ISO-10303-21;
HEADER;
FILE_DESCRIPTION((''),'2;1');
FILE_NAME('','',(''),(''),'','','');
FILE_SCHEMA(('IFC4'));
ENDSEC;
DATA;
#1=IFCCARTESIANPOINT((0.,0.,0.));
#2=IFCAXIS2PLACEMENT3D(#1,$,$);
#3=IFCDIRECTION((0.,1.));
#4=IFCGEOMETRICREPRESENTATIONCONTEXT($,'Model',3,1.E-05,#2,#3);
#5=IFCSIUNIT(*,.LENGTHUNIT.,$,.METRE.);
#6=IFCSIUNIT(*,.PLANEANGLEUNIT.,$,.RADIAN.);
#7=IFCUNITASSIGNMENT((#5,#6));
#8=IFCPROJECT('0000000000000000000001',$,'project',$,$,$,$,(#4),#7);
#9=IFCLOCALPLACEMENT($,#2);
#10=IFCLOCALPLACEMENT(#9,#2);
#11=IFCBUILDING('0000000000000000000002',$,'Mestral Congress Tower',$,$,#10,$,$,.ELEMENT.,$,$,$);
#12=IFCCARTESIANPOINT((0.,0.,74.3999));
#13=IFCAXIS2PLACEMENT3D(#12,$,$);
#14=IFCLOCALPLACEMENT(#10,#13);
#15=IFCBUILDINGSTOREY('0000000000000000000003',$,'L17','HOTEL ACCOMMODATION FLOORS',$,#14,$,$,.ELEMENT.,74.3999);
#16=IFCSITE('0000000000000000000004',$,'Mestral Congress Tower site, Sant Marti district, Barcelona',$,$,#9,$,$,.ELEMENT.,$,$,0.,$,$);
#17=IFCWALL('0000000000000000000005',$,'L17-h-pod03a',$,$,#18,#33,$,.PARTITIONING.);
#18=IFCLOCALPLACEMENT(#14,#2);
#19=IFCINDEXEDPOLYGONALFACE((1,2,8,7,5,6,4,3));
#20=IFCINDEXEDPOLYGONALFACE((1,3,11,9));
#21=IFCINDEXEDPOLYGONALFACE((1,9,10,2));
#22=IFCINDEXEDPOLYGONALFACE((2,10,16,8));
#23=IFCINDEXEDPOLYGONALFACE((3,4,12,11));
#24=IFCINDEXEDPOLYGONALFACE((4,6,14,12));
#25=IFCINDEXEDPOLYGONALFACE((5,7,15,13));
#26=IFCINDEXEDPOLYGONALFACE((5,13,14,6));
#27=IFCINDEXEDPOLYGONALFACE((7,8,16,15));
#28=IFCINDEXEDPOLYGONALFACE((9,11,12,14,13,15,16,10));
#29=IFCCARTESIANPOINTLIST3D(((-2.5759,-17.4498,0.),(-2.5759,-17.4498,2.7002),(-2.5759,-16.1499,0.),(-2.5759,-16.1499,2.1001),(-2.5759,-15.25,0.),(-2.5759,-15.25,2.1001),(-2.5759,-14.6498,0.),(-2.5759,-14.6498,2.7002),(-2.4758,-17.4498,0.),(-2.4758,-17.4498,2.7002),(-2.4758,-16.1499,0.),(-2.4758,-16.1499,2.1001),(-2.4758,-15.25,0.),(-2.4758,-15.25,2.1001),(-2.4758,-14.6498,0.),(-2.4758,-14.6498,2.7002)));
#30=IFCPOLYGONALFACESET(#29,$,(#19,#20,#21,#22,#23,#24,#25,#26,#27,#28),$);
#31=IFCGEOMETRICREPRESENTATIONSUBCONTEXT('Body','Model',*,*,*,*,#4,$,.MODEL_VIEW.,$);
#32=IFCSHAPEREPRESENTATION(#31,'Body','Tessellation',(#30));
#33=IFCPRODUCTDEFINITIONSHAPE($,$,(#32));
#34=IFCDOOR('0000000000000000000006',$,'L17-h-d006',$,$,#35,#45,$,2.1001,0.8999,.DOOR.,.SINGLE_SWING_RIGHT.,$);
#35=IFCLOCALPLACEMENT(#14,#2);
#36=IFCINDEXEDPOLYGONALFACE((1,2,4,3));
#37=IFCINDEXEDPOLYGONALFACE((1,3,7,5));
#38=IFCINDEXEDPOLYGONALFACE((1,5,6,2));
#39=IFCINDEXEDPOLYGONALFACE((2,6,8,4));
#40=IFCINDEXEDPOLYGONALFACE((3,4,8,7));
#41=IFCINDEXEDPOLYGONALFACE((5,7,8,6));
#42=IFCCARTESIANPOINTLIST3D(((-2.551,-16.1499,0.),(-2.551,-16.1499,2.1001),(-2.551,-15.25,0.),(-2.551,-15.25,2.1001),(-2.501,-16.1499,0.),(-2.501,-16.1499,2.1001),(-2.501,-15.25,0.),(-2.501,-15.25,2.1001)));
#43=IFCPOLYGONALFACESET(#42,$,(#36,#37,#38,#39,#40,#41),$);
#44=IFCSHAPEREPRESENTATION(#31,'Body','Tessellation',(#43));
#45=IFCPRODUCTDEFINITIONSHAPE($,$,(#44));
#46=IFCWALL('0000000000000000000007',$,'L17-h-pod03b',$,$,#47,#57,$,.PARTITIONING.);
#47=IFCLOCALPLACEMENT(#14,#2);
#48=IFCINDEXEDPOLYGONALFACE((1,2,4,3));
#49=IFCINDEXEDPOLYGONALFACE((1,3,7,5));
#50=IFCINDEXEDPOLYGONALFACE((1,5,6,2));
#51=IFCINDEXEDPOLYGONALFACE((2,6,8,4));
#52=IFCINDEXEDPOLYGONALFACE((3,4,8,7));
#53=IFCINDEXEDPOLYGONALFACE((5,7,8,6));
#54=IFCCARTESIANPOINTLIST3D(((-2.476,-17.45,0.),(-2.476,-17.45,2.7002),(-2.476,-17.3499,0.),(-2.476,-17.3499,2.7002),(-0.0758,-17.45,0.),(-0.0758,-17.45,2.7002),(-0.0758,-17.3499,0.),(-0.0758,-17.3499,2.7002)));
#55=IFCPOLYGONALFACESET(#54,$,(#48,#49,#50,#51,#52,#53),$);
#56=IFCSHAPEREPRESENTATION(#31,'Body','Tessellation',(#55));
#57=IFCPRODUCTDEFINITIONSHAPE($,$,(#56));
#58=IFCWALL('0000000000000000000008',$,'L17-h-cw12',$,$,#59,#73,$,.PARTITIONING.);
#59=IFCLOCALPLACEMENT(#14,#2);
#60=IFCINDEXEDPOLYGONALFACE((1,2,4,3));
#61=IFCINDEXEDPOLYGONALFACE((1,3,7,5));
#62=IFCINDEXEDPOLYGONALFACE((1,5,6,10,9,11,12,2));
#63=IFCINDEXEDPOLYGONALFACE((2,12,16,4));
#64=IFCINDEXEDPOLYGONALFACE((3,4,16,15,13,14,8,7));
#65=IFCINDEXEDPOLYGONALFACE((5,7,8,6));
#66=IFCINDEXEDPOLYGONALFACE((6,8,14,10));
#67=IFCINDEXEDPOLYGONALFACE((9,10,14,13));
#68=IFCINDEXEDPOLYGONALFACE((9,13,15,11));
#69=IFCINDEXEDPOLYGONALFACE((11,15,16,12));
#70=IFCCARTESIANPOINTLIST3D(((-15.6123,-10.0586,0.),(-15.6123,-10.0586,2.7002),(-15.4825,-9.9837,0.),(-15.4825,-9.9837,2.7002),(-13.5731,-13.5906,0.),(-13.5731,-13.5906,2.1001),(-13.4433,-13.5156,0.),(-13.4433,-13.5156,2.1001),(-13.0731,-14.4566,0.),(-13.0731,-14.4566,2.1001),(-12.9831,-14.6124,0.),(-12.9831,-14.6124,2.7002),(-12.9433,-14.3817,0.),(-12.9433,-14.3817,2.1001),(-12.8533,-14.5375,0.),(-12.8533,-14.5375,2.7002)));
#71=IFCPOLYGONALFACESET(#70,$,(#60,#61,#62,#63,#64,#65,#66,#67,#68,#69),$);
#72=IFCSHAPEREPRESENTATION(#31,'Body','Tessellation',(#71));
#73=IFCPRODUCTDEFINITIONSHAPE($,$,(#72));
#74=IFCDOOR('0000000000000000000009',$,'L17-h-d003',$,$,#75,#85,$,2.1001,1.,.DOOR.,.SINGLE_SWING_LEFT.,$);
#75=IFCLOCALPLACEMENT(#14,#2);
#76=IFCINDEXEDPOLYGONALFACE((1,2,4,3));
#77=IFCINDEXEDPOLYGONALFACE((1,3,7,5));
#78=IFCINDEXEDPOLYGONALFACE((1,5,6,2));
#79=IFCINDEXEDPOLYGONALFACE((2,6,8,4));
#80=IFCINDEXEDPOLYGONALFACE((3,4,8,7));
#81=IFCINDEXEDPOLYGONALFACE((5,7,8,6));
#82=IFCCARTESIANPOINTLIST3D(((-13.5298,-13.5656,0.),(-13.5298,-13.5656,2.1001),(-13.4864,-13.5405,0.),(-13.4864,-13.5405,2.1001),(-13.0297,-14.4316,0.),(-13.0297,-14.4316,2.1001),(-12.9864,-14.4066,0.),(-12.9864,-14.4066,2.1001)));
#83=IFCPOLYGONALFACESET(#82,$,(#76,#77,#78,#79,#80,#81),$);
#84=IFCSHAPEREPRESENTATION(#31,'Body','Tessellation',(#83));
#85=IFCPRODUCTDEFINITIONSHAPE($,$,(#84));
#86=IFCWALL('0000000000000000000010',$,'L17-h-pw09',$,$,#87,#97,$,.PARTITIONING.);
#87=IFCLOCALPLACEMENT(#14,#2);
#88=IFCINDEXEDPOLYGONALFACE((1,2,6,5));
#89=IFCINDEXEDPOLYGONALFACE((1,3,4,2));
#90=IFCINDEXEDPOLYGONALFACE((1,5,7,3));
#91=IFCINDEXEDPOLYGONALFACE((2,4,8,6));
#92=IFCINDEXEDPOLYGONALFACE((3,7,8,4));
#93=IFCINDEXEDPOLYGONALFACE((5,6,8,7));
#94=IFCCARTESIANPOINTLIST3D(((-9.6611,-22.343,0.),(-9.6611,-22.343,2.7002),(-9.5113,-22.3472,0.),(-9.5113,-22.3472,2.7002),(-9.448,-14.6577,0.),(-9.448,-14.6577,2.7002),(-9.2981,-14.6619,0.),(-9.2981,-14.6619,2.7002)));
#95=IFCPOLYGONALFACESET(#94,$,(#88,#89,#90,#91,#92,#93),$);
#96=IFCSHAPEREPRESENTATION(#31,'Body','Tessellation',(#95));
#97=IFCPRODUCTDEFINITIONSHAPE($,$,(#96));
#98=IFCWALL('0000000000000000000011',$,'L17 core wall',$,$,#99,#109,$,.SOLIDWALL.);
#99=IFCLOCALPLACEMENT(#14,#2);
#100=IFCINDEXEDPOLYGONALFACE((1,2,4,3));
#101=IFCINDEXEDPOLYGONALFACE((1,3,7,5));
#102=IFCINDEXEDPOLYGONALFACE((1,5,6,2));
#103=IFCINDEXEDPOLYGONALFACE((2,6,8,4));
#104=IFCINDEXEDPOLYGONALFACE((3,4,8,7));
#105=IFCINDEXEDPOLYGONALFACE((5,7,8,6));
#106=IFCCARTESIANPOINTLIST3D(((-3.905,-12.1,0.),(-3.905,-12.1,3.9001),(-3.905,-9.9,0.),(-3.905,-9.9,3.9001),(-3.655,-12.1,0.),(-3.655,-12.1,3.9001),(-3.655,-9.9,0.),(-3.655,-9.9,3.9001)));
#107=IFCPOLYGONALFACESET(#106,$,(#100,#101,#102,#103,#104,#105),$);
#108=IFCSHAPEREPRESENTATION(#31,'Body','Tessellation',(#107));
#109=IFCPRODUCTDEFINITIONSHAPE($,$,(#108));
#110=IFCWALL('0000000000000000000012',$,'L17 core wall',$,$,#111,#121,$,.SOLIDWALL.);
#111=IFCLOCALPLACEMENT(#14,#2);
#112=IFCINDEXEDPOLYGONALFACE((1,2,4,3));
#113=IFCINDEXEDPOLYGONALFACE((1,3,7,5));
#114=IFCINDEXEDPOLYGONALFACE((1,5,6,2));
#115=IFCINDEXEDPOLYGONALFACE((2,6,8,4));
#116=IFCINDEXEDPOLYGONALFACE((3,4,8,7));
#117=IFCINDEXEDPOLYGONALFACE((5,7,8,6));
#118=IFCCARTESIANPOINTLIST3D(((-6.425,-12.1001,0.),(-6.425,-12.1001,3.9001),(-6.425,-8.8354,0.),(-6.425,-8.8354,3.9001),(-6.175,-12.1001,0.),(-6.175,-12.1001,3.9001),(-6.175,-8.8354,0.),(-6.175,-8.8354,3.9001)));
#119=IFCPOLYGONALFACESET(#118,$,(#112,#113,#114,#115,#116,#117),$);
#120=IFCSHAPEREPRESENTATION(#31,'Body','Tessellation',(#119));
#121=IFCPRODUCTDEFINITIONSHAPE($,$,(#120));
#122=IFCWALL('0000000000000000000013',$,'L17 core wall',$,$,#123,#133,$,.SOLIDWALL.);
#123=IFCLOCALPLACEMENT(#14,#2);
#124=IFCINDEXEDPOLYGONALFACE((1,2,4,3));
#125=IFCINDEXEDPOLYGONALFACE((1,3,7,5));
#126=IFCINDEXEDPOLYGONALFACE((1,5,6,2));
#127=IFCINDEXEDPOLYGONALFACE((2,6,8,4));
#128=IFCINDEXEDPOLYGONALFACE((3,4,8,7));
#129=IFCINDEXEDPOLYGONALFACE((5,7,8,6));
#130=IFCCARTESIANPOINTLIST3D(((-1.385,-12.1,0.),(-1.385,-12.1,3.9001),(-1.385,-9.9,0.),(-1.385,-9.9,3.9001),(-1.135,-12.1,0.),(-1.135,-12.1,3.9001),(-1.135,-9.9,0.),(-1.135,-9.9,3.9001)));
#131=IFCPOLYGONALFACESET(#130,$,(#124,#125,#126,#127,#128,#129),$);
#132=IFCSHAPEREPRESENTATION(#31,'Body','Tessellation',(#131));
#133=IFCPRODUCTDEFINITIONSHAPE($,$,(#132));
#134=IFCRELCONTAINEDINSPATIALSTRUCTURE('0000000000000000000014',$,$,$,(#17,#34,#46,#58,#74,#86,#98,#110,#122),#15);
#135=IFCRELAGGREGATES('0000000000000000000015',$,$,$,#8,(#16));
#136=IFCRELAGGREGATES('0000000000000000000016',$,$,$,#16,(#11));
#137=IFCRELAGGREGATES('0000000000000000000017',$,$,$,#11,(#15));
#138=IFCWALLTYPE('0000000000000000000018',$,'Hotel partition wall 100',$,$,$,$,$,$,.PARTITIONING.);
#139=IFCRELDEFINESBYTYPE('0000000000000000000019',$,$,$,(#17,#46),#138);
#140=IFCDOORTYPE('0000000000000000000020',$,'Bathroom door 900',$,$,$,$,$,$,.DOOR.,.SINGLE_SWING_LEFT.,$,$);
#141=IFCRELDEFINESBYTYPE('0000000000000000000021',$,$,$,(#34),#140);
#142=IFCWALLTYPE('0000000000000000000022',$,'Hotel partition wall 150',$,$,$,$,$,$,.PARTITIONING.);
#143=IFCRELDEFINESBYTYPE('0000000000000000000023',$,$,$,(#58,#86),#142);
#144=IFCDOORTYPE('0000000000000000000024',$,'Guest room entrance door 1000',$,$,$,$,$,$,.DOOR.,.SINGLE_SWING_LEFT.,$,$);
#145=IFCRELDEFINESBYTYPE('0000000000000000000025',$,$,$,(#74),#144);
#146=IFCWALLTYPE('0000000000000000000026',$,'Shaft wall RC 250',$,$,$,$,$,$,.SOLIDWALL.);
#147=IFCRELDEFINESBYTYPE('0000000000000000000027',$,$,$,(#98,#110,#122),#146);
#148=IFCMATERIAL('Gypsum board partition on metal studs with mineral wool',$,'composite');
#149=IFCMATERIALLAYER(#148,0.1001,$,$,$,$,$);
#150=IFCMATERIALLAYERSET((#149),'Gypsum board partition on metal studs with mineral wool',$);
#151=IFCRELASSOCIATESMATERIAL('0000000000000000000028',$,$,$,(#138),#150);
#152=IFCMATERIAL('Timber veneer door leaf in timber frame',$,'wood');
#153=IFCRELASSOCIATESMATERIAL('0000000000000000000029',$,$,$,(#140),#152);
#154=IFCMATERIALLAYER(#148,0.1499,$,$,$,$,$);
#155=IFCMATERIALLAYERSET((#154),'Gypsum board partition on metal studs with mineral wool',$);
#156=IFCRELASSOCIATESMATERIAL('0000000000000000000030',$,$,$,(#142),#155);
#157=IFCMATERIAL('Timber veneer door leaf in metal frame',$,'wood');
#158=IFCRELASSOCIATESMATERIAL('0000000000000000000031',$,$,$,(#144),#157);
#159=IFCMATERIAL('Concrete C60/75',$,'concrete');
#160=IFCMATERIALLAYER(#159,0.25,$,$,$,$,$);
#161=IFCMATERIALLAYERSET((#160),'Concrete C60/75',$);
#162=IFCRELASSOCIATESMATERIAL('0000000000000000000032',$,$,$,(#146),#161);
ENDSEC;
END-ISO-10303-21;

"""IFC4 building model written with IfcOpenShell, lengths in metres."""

from ifc_helpers import new_model, si_unit, direction, frame, frame_2d, origin, place, context, subcontext, project, spatial, rectangle, extrude, material, layer, layer_set, type_object, element, fill, save


model = new_model("IFC4")

# Units and contexts
model_context = context("Model", 3, precision=1e-05, world=origin(), true_north=direction((0.0, 1.0)))
body_context = subcontext(model_context, "Body", "Model", "MODEL_VIEW")
ifc_project = project(units=[si_unit("LENGTHUNIT", "METRE"), si_unit("PLANEANGLEUNIT", "RADIAN")], contexts=[model_context])

# Site, building, storey
site_placement = place(None, origin())
site = spatial("IfcSite", under=ifc_project, at=site_placement, Name="Mestral Congress Tower site, Sant Marti district, Barcelona", CompositionType="ELEMENT", RefElevation=0.0)
building_placement = place(site_placement, origin())
building = spatial("IfcBuilding", under=site, at=building_placement, Name="Mestral Congress Tower", CompositionType="ELEMENT")
storey_placement = place(building_placement, frame((0.0, 0.0, 74.3999)))
storey = spatial("IfcBuildingStorey", under=building, at=storey_placement, Name="L17", Description="HOTEL ACCOMMODATION FLOORS", CompositionType="ELEMENT", Elevation=74.3999)

# Shared definitions
ifc_material_1 = material(Name="Concrete C60/75", Category="concrete")

# Wall, opening, door
ifc_material_2 = material(Name="Gypsum board partition on metal studs with mineral wool", Category="composite")
ifc_layer_1 = layer(ifc_material_2, 0.1001)
ifc_layer_set_1 = layer_set([ifc_layer_1], Name="Gypsum board partition on metal studs with mineral wool")
wall_type_1 = type_object("IfcWallType", Name="Hotel partition wall 100", PredefinedType="PARTITIONING", material=ifc_layer_set_1)
wall_1_placement = place(storey_placement, frame((-2.5259, -14.6499, 0.0), z_axis=(0.0, 0.0, 1.0), x_axis=(0.0, -1.0, 0.0)))
wall_1 = element("IfcWall", 1, at=wall_1_placement, inside=storey, type_object=wall_type_1, Name="L17-h-pod03a", PredefinedType="PARTITIONING", context=body_context, shape_type="SweptSolid", body=[
    extrude(rectangle(XDim=2.8, YDim=0.1001, at=frame_2d((1.3999, 0.0))), origin(), (0.0, 0.0, 1.0), 2.7002),
])
opening_1_placement = place(wall_1_placement, frame((0.6001, 0.0, 0.0)))
opening_1 = element("IfcOpeningElement", 2, at=opening_1_placement, cuts=wall_1, PredefinedType="OPENING", context=body_context, shape_type="SweptSolid", body=[
    extrude(rectangle(XDim=0.8999, YDim=2.1001, at=frame_2d((0.45, 1.05))), frame((0.0, 0.0601, 0.0), z_axis=(0.0, -1.0, 0.0), x_axis=(1.0, 0.0, 0.0)), (0.0, 0.0, 1.0), 0.1201),
])
ifc_material_3 = material(Name="Timber veneer door leaf in timber frame", Category="wood")
door_type_1 = type_object("IfcDoorType", Name="Bathroom door 900", OperationType="SINGLE_SWING_LEFT", PredefinedType="DOOR", material=ifc_material_3)
door_1_placement = place(opening_1_placement, origin())
door_1 = element("IfcDoor", 3, at=door_1_placement, inside=storey, type_object=door_type_1, Name="L17-h-d006", OperationType="SINGLE_SWING_RIGHT", OverallHeight=2.1001, OverallWidth=0.8999, PredefinedType="DOOR", context=body_context, shape_type="SweptSolid", body=[
    extrude(rectangle(XDim=0.8999, YDim=2.1001, at=frame_2d((0.45, 1.05))), frame((0.0, 0.0249, 0.0), z_axis=(0.0, -1.0, 0.0), x_axis=(1.0, 0.0, 0.0)), (0.0, 0.0, 1.0), 0.05),
])
fill(opening_1, door_1)

# Wall
wall_2_placement = place(storey_placement, frame((-2.4761, -17.3999, 0.0), z_axis=(0.0, 0.0, 1.0), x_axis=(1.0, 0.0, 0.0)))
element("IfcWall", 4, at=wall_2_placement, inside=storey, type_object=wall_type_1, Name="L17-h-pod03b", PredefinedType="PARTITIONING", context=body_context, shape_type="SweptSolid", body=[
    extrude(rectangle(XDim=2.4001, YDim=0.1001, at=frame_2d((1.2002, 0.0))), origin(), (0.0, 0.0, 1.0), 2.7002),
])

# Wall, opening, door
ifc_layer_2 = layer(ifc_material_2, 0.1499)
ifc_layer_set_2 = layer_set([ifc_layer_2], Name="Gypsum board partition on metal studs with mineral wool")
wall_type_2 = type_object("IfcWallType", Name="Hotel partition wall 150", PredefinedType="PARTITIONING", material=ifc_layer_set_2)
wall_3_placement = place(storey_placement, frame((-12.9182, -14.575, 0.0), z_axis=(0.0, 0.0, 1.0), x_axis=(-0.500009, 0.86602, 0.0)))
wall_3 = element("IfcWall", 5, at=wall_3_placement, inside=storey, type_object=wall_type_2, Name="L17-h-cw12", PredefinedType="PARTITIONING", context=body_context, shape_type="SweptSolid", body=[
    extrude(rectangle(XDim=5.2583, YDim=0.1499, at=frame_2d((2.6292, 0.0))), origin(), (0.0, 0.0, 1.0), 2.7002),
])
opening_2_placement = place(wall_3_placement, frame((0.1799, 0.0, 0.0)))
opening_2 = element("IfcOpeningElement", 6, at=opening_2_placement, cuts=wall_3, PredefinedType="OPENING", context=body_context, shape_type="SweptSolid", body=[
    extrude(rectangle(XDim=1.0, YDim=2.1001, at=frame_2d((0.5, 1.05))), frame((0.0, 0.085, 0.0), z_axis=(0.0, -1.0, 0.0), x_axis=(1.0, 0.0, 0.0)), (0.0, 0.0, 1.0), 0.1699),
])
ifc_material_4 = material(Name="Timber veneer door leaf in metal frame", Category="wood")
door_type_2 = type_object("IfcDoorType", Name="Guest room entrance door 1000", OperationType="SINGLE_SWING_LEFT", PredefinedType="DOOR", material=ifc_material_4)
door_2_placement = place(opening_2_placement, origin())
door_2 = element("IfcDoor", 7, at=door_2_placement, inside=storey, type_object=door_type_2, Name="L17-h-d003", OperationType="SINGLE_SWING_LEFT", OverallHeight=2.1001, OverallWidth=1.0, PredefinedType="DOOR", context=body_context, shape_type="SweptSolid", body=[
    extrude(rectangle(XDim=1.0, YDim=2.1001, at=frame_2d((0.5, 1.05))), frame((0.0, 0.0249, 0.0), z_axis=(0.0, -1.0, 0.0), x_axis=(1.0, 0.0, 0.0)), (0.0, 0.0, 1.0), 0.05),
])
fill(opening_2, door_2)

# Walls
wall_4_placement = place(storey_placement, frame((-9.5862, -22.3452, 0.0), z_axis=(0.0, 0.0, 1.0), x_axis=(0.027722, 0.999616, 0.0)))
element("IfcWall", 8, at=wall_4_placement, inside=storey, type_object=wall_type_2, Name="L17-h-pw09", PredefinedType="PARTITIONING", context=body_context, shape_type="SweptSolid", body=[
    extrude(rectangle(XDim=7.6882, YDim=0.1499, at=frame_2d((3.8442, 0.0))), origin(), (0.0, 0.0, 1.0), 2.7002),
])
ifc_layer_3 = layer(ifc_material_1, 0.25)
ifc_layer_set_3 = layer_set([ifc_layer_3], Name="Concrete C60/75")
wall_type_3 = type_object("IfcWallType", Name="Shaft wall RC 250", PredefinedType="SOLIDWALL", material=ifc_layer_set_3)
wall_5_placement = place(storey_placement, frame((-3.78, -12.1001, 0.0), z_axis=(0.0, 0.0, 1.0), x_axis=(0.0, 1.0, 0.0)))
element("IfcWall", 9, at=wall_5_placement, inside=storey, type_object=wall_type_3, Name="L17 core wall", PredefinedType="SOLIDWALL", context=body_context, shape_type="SweptSolid", body=[
    extrude(rectangle(XDim=2.2, YDim=0.25, at=frame_2d((1.1001, 0.0))), origin(), (0.0, 0.0, 1.0), 3.9001),
])
wall_6_placement = place(storey_placement, frame((-6.3, -12.1001, 0.0), z_axis=(0.0, 0.0, 1.0), x_axis=(0.0, 1.0, 0.0)))
element("IfcWall", 10, at=wall_6_placement, inside=storey, type_object=wall_type_3, Name="L17 core wall", PredefinedType="SOLIDWALL", context=body_context, shape_type="SweptSolid", body=[
    extrude(rectangle(XDim=3.2646, YDim=0.25, at=frame_2d((1.6323, 0.0))), origin(), (0.0, 0.0, 1.0), 3.9001),
])
wall_7_placement = place(storey_placement, frame((-1.26, -12.1001, 0.0), z_axis=(0.0, 0.0, 1.0), x_axis=(0.0, 1.0, 0.0)))
element("IfcWall", 11, at=wall_7_placement, inside=storey, type_object=wall_type_3, Name="L17 core wall", PredefinedType="SOLIDWALL", context=body_context, shape_type="SweptSolid", body=[
    extrude(rectangle(XDim=2.2, YDim=0.25, at=frame_2d((1.1001, 0.0))), origin(), (0.0, 0.0, 1.0), 3.9001),
])

save(model, "model.ifc")
